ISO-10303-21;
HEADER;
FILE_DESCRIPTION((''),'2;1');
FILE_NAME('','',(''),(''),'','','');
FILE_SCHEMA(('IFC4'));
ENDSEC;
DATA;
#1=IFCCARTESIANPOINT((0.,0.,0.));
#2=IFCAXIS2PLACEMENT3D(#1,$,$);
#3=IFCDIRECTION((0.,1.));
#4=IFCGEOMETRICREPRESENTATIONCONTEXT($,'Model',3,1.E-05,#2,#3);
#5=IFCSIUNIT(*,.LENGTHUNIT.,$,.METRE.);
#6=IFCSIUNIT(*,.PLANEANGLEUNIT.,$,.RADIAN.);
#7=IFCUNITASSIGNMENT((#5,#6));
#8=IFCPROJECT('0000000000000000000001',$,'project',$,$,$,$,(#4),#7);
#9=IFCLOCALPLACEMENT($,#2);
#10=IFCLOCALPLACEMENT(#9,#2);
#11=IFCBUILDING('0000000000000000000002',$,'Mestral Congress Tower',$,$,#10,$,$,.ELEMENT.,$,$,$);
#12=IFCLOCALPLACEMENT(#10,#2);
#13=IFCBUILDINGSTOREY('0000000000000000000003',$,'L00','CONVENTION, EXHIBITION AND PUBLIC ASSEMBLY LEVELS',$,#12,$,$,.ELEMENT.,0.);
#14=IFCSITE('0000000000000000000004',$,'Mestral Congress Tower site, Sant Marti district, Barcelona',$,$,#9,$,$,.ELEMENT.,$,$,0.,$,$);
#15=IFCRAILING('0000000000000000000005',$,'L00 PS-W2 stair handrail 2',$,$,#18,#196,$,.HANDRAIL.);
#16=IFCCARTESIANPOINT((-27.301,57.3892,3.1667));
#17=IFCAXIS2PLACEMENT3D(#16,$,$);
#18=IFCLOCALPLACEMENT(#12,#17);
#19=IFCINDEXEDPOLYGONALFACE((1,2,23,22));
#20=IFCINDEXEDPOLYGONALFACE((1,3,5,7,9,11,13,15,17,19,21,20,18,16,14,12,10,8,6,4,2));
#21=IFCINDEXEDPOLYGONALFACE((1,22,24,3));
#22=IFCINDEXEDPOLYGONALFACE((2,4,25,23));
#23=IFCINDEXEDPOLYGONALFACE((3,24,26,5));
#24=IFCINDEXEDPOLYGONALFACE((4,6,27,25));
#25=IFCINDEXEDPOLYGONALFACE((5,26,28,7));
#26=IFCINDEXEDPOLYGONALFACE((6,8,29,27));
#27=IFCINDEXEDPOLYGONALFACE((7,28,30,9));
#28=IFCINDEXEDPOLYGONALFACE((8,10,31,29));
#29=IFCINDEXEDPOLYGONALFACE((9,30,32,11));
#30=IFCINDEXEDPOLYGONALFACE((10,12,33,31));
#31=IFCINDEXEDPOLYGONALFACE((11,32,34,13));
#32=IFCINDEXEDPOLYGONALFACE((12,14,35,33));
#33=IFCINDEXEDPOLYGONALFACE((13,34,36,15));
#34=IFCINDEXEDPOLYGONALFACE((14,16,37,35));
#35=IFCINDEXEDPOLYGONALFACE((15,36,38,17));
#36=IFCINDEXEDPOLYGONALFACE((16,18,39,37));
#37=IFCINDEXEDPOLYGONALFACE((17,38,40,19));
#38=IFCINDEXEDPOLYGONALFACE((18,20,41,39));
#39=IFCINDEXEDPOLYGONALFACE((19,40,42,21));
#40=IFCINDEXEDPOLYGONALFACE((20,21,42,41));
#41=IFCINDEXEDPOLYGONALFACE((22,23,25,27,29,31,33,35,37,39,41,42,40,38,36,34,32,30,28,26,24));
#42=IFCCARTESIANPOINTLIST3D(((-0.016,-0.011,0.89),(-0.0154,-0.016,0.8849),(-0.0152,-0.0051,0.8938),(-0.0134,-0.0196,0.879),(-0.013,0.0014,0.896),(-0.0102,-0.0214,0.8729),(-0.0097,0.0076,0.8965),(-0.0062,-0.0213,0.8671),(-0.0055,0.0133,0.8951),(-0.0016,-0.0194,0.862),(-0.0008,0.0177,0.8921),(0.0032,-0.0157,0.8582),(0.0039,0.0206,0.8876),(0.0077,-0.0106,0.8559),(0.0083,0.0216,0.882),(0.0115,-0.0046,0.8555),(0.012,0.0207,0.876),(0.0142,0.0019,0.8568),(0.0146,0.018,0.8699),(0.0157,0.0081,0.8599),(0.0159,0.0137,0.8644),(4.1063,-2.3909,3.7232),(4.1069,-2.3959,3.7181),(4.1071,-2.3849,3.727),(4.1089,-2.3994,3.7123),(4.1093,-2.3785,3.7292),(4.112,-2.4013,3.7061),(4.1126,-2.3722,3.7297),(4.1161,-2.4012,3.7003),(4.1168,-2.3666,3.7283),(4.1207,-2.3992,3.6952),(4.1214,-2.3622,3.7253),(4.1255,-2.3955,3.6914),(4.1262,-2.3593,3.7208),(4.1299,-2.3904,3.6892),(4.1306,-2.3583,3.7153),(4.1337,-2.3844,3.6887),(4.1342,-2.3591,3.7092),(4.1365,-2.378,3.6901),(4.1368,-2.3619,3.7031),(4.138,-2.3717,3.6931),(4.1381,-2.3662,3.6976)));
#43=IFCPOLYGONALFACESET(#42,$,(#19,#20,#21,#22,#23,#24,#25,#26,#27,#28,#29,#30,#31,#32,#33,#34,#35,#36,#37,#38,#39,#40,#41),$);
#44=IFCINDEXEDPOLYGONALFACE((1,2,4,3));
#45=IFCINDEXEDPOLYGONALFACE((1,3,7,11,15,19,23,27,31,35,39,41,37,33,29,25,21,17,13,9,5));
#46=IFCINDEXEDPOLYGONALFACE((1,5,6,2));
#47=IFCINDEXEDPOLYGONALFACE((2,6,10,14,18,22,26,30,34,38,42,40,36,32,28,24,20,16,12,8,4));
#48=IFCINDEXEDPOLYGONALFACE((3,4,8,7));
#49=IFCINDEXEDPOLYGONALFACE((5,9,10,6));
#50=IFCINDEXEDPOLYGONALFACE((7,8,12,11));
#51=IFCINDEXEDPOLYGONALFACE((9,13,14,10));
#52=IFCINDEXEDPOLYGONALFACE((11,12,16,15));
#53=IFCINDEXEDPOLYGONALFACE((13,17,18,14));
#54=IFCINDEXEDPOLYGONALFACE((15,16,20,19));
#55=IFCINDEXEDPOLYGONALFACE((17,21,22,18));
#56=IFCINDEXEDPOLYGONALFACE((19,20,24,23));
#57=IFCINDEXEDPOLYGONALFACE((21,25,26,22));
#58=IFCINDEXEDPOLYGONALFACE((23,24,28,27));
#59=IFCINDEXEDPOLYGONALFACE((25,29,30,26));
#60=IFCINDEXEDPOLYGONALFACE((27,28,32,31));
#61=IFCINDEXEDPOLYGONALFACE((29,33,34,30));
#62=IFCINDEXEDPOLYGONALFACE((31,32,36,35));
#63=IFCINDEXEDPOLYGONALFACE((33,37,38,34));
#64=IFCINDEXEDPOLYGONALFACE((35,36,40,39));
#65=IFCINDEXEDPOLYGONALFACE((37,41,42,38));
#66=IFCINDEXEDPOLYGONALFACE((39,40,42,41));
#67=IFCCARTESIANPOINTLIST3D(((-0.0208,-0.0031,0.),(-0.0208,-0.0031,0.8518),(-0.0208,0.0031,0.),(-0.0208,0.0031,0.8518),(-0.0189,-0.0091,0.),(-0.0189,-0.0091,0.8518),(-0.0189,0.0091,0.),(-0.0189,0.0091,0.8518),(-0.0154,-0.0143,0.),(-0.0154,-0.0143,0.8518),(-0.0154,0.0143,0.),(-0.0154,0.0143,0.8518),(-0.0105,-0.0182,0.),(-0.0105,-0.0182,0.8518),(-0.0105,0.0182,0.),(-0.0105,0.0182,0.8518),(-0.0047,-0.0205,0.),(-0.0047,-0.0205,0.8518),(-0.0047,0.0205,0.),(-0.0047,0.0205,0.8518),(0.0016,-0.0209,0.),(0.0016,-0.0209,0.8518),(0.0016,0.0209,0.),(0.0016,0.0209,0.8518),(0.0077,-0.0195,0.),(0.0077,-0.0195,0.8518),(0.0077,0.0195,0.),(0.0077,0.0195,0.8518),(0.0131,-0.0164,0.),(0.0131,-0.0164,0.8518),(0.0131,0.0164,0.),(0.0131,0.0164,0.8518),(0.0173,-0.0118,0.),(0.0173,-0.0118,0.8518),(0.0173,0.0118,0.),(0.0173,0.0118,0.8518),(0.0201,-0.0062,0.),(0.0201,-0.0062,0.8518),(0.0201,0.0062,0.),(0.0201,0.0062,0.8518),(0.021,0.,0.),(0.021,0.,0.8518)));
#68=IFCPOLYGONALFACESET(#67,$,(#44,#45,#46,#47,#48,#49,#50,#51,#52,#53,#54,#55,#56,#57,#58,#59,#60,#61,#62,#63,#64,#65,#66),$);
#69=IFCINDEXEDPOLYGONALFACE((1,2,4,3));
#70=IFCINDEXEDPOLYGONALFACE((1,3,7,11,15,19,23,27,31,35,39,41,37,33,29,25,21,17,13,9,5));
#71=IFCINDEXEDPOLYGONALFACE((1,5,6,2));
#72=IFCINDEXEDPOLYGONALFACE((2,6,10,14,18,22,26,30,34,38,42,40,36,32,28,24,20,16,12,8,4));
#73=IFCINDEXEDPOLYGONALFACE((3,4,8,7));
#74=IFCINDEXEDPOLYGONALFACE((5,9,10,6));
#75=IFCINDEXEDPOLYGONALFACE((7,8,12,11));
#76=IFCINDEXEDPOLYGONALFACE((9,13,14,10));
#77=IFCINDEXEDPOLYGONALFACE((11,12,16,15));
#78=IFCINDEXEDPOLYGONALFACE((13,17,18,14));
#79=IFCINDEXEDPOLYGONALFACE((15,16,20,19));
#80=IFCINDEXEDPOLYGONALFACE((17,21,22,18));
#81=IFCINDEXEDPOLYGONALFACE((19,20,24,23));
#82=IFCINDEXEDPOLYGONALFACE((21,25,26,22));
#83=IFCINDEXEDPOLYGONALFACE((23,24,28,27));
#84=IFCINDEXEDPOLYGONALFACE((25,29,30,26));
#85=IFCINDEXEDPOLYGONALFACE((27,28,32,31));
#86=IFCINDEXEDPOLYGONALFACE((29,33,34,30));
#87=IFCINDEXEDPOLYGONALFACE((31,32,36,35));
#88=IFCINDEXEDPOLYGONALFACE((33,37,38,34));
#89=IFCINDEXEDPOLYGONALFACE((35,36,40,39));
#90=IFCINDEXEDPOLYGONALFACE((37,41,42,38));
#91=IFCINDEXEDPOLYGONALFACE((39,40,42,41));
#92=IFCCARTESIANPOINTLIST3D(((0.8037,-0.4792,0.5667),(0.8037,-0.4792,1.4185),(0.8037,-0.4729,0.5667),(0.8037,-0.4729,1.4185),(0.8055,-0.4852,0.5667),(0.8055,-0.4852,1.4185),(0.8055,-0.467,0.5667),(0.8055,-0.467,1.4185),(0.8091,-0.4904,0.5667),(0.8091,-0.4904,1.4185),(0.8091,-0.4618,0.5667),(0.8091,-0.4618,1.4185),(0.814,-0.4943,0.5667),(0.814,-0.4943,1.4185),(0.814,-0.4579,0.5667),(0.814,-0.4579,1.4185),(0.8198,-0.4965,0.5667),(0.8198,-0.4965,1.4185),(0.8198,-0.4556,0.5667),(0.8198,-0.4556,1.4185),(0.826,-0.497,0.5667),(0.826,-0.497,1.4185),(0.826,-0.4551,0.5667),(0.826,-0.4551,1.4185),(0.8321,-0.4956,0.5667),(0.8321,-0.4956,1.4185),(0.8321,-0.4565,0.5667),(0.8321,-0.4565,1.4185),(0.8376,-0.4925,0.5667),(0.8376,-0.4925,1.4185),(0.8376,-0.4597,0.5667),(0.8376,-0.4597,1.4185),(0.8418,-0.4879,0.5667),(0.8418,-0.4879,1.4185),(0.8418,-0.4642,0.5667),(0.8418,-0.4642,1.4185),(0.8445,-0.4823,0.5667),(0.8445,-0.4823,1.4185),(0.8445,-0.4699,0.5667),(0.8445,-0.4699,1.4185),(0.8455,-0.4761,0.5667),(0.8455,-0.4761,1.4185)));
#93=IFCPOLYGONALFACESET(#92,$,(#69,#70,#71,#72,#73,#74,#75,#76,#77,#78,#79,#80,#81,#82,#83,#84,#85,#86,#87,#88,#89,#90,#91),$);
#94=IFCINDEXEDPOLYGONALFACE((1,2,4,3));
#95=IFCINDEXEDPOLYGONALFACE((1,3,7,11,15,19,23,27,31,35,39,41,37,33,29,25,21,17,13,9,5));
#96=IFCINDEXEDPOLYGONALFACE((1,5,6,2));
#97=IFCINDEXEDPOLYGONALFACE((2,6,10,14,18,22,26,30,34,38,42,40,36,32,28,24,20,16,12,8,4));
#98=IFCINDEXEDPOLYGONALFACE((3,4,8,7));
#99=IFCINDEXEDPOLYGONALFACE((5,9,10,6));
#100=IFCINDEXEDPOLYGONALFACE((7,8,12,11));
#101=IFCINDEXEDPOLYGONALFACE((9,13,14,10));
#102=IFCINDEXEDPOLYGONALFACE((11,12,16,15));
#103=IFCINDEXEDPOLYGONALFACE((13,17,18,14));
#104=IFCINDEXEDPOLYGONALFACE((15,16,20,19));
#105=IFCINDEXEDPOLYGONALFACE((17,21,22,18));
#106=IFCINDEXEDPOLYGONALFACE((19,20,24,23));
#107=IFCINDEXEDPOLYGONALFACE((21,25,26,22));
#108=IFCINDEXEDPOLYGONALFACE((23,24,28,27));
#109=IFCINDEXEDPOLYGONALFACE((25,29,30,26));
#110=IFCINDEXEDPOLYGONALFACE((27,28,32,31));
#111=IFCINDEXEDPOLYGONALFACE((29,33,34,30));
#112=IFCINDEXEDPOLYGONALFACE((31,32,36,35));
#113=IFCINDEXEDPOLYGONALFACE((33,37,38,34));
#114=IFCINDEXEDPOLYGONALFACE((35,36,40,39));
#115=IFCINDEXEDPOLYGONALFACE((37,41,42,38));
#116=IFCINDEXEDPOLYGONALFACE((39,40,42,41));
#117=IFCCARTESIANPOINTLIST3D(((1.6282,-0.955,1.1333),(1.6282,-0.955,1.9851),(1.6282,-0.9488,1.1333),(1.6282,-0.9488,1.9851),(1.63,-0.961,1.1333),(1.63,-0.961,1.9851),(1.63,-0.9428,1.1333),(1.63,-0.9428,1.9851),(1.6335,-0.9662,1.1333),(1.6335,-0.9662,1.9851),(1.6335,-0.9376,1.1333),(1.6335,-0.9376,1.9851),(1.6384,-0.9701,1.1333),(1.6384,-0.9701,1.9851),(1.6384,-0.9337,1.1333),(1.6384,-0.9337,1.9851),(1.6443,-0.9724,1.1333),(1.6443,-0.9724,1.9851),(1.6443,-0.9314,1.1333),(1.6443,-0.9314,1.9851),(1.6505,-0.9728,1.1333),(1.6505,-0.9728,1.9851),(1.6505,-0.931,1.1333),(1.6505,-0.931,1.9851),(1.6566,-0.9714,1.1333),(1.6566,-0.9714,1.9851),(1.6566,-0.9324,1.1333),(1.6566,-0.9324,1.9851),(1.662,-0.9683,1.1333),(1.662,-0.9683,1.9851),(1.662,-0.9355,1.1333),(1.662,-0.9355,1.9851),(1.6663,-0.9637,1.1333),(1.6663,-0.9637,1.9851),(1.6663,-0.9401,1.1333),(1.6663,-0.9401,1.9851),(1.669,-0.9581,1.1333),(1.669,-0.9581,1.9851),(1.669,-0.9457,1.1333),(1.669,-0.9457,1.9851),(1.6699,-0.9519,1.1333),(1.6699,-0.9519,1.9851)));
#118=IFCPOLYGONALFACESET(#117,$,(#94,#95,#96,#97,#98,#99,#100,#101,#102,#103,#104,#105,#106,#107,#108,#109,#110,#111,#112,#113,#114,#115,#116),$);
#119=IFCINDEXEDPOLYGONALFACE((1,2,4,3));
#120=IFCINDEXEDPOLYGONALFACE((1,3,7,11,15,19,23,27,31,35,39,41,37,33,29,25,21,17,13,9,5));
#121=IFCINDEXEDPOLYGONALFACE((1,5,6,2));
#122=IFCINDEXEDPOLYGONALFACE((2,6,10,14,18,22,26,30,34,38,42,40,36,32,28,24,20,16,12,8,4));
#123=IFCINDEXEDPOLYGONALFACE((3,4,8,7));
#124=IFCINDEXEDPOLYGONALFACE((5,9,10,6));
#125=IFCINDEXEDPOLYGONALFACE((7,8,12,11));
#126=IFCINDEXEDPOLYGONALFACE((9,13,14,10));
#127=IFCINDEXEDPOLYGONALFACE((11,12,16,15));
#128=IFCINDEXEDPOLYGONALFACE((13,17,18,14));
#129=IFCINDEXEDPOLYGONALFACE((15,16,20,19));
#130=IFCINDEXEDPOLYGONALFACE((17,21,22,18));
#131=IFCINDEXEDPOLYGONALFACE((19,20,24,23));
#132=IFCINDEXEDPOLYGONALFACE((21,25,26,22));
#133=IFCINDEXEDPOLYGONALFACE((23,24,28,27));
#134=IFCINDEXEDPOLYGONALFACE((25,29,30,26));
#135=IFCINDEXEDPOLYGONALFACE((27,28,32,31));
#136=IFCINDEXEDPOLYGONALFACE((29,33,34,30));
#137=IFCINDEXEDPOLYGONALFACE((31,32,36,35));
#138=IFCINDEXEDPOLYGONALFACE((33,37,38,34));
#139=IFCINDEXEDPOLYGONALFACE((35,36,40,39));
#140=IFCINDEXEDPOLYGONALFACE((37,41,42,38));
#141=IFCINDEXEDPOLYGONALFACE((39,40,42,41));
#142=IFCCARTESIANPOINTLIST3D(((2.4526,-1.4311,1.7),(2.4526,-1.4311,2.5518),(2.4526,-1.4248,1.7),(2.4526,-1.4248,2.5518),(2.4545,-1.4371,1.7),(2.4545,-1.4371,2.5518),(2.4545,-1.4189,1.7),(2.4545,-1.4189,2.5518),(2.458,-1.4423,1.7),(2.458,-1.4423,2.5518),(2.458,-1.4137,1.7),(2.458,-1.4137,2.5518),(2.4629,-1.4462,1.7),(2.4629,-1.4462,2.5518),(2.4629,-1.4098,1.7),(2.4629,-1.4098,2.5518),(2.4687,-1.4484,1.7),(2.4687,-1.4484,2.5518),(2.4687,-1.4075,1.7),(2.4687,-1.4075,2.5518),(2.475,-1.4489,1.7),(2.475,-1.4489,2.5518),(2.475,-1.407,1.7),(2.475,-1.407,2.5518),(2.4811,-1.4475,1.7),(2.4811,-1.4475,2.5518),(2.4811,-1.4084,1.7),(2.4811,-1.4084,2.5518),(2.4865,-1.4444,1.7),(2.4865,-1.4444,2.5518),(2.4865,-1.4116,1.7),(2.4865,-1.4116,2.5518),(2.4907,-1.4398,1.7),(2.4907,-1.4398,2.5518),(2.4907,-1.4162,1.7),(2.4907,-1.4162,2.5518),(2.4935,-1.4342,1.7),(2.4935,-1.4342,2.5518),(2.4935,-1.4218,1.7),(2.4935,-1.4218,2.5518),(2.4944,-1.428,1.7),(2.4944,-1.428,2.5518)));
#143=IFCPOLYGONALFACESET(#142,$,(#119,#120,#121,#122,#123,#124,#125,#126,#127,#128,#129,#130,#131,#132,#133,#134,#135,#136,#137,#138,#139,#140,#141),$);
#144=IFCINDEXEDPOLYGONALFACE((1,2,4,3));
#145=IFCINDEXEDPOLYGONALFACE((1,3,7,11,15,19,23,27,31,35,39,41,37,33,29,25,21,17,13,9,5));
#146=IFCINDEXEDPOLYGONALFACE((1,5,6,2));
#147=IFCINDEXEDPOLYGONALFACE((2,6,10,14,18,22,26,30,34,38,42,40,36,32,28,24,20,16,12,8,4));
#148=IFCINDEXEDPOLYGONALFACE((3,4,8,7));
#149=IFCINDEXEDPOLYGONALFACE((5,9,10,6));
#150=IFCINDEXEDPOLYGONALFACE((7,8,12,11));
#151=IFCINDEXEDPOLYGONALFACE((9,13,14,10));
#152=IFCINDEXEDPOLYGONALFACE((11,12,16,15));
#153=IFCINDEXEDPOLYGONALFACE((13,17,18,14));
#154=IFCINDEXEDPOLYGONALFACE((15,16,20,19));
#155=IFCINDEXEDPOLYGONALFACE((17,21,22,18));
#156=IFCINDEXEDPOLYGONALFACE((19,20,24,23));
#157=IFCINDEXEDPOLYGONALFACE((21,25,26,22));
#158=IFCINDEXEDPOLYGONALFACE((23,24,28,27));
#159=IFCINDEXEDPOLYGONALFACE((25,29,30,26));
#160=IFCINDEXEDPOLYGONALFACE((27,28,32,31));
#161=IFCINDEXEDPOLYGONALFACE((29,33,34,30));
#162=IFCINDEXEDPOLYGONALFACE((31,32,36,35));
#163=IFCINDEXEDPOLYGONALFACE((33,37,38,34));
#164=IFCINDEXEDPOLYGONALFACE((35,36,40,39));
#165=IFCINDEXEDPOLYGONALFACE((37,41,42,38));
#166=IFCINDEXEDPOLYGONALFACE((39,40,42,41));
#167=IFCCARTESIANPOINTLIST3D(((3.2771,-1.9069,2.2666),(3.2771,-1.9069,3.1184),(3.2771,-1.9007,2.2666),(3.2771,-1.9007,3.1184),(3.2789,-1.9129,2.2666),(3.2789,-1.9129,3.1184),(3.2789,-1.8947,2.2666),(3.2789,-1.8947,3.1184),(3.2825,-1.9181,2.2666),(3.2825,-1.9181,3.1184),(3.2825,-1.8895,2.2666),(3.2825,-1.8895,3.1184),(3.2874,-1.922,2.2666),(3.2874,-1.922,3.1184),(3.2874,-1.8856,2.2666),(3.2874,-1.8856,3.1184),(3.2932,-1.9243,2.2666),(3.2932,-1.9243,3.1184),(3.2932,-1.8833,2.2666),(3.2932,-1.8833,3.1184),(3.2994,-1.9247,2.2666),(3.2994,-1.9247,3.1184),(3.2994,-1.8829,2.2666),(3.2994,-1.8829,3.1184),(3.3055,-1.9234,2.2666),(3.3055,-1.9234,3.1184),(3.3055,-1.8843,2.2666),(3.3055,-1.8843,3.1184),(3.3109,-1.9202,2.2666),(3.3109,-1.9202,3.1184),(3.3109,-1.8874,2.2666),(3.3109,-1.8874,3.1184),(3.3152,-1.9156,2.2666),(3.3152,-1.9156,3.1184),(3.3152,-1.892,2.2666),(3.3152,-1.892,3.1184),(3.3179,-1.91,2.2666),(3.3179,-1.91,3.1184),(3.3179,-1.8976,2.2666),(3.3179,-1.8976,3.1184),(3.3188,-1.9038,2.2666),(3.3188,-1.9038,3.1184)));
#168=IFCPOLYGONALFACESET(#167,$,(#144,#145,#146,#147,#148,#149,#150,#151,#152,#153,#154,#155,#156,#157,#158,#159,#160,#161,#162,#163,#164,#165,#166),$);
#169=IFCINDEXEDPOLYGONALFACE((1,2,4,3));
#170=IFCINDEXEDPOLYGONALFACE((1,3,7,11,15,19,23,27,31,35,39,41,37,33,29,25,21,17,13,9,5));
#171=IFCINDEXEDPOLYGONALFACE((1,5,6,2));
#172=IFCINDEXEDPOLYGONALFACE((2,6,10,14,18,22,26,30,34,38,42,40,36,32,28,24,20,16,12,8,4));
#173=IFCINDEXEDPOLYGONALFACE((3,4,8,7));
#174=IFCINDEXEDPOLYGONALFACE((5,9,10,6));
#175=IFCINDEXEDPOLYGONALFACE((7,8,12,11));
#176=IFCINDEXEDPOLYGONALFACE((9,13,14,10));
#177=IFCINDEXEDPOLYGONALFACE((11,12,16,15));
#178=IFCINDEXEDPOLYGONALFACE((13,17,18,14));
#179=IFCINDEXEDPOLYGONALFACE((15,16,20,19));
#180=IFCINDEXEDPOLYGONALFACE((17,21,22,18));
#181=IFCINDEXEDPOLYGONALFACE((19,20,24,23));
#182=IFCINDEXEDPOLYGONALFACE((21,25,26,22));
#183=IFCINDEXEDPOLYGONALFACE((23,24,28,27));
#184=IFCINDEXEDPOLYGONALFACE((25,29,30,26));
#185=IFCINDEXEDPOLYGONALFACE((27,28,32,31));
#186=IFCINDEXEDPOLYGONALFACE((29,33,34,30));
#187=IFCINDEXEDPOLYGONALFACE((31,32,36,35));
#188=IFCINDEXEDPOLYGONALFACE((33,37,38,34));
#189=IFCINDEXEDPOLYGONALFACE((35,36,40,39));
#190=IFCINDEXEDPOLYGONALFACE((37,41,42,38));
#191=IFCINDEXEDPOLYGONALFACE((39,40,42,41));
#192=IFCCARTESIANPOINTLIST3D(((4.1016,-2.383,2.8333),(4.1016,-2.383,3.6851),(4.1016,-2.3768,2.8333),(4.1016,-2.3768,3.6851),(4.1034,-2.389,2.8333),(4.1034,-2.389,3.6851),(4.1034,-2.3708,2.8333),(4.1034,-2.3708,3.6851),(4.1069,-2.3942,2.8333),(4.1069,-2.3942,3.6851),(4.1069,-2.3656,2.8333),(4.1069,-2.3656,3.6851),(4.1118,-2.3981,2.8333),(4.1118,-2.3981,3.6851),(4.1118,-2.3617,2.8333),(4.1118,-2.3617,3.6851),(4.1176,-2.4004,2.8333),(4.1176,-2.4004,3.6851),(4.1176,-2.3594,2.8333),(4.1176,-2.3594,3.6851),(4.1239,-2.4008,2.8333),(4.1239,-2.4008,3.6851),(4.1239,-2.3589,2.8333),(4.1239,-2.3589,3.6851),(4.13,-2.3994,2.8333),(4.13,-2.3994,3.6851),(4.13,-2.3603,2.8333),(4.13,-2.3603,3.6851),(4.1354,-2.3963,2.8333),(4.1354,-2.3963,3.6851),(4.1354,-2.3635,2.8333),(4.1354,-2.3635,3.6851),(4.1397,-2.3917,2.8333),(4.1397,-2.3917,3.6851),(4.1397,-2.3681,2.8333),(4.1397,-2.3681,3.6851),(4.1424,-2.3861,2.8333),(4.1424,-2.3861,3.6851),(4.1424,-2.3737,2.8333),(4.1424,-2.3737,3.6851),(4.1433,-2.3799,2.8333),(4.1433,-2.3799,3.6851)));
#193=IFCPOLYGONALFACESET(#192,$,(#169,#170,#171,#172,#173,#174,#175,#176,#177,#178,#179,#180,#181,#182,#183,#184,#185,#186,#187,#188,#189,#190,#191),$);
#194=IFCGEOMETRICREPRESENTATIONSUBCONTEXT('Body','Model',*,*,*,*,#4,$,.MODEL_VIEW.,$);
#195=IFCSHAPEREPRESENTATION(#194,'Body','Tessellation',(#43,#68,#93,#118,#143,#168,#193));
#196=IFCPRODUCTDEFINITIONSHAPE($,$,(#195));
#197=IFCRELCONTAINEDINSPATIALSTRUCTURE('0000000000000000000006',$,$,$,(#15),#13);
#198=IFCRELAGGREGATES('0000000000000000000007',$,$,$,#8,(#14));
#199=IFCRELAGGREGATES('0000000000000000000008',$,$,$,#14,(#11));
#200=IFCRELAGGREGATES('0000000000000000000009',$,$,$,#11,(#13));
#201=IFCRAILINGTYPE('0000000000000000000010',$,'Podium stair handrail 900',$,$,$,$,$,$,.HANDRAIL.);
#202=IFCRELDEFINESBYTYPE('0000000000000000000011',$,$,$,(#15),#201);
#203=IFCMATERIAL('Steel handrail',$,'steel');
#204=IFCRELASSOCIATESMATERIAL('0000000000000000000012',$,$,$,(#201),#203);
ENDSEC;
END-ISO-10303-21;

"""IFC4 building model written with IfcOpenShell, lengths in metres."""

from ifc_helpers import new_model, si_unit, direction, frame, origin, origin_2d, place, context, subcontext, project, spatial, circle, extrude, material, type_object, element, save


model = new_model("IFC4")

# Units and contexts
model_context = context("Model", 3, precision=1e-05, world=origin(), true_north=direction((0.0, 1.0)))
body_context = subcontext(model_context, "Body", "Model", "MODEL_VIEW")
ifc_project = project(units=[si_unit("LENGTHUNIT", "METRE"), si_unit("PLANEANGLEUNIT", "RADIAN")], contexts=[model_context])

# Site, building, storey
site_placement = place(None, origin())
site = spatial("IfcSite", under=ifc_project, at=site_placement, Name="Mestral Congress Tower site, Sant Marti district, Barcelona", CompositionType="ELEMENT", RefElevation=0.0)
building_placement = place(site_placement, origin())
building = spatial("IfcBuilding", under=site, at=building_placement, Name="Mestral Congress Tower", CompositionType="ELEMENT")
storey_placement = place(building_placement, origin())
storey = spatial("IfcBuildingStorey", under=building, at=storey_placement, Name="L00", Description="CONVENTION, EXHIBITION AND PUBLIC ASSEMBLY LEVELS", CompositionType="ELEMENT", Elevation=0.0)

# Railing
ifc_material_1 = material(Name="Steel handrail", Category="steel")
railing_type_1 = type_object("IfcRailingType", Name="Podium stair handrail 900", PredefinedType="HANDRAIL", material=ifc_material_1)
railing_1_placement = place(storey_placement, frame((-27.301, 57.3892, 3.1667)))
element("IfcRailing", 1, at=railing_1_placement, inside=storey, type_object=railing_type_1, Name="L00 PS-W2 stair handrail 2", PredefinedType="HANDRAIL", context=body_context, shape_type="SweptSolid", body=[
    extrude(circle(Radius=0.0239, at=origin_2d()), frame((0.0, 0.0, 0.876), z_axis=(0.744185, -0.42963, 0.511475), x_axis=(0.499978, 0.866038, 0.0)), (0.0, 0.0, 1.0), 5.5393),
    extrude(circle(Radius=0.021, at=origin_2d()), origin(), (0.0, 0.0, 1.0), 0.8518),
    extrude(circle(Radius=0.021, at=origin_2d()), frame((0.8245, -0.4761, 0.5667)), (0.0, 0.0, 1.0), 0.8518),
    extrude(circle(Radius=0.021, at=origin_2d()), frame((1.6489, -0.9519, 1.1333)), (0.0, 0.0, 1.0), 0.8518),
    extrude(circle(Radius=0.021, at=origin_2d()), frame((2.4734, -1.428, 1.7)), (0.0, 0.0, 1.0), 0.8518),
    extrude(circle(Radius=0.021, at=origin_2d()), frame((3.2979, -1.9038, 2.2666)), (0.0, 0.0, 1.0), 0.8518),
    extrude(circle(Radius=0.021, at=origin_2d()), frame((4.1223, -2.3799, 2.8333)), (0.0, 0.0, 1.0), 0.8518),
])

save(model, "model.ifc")
